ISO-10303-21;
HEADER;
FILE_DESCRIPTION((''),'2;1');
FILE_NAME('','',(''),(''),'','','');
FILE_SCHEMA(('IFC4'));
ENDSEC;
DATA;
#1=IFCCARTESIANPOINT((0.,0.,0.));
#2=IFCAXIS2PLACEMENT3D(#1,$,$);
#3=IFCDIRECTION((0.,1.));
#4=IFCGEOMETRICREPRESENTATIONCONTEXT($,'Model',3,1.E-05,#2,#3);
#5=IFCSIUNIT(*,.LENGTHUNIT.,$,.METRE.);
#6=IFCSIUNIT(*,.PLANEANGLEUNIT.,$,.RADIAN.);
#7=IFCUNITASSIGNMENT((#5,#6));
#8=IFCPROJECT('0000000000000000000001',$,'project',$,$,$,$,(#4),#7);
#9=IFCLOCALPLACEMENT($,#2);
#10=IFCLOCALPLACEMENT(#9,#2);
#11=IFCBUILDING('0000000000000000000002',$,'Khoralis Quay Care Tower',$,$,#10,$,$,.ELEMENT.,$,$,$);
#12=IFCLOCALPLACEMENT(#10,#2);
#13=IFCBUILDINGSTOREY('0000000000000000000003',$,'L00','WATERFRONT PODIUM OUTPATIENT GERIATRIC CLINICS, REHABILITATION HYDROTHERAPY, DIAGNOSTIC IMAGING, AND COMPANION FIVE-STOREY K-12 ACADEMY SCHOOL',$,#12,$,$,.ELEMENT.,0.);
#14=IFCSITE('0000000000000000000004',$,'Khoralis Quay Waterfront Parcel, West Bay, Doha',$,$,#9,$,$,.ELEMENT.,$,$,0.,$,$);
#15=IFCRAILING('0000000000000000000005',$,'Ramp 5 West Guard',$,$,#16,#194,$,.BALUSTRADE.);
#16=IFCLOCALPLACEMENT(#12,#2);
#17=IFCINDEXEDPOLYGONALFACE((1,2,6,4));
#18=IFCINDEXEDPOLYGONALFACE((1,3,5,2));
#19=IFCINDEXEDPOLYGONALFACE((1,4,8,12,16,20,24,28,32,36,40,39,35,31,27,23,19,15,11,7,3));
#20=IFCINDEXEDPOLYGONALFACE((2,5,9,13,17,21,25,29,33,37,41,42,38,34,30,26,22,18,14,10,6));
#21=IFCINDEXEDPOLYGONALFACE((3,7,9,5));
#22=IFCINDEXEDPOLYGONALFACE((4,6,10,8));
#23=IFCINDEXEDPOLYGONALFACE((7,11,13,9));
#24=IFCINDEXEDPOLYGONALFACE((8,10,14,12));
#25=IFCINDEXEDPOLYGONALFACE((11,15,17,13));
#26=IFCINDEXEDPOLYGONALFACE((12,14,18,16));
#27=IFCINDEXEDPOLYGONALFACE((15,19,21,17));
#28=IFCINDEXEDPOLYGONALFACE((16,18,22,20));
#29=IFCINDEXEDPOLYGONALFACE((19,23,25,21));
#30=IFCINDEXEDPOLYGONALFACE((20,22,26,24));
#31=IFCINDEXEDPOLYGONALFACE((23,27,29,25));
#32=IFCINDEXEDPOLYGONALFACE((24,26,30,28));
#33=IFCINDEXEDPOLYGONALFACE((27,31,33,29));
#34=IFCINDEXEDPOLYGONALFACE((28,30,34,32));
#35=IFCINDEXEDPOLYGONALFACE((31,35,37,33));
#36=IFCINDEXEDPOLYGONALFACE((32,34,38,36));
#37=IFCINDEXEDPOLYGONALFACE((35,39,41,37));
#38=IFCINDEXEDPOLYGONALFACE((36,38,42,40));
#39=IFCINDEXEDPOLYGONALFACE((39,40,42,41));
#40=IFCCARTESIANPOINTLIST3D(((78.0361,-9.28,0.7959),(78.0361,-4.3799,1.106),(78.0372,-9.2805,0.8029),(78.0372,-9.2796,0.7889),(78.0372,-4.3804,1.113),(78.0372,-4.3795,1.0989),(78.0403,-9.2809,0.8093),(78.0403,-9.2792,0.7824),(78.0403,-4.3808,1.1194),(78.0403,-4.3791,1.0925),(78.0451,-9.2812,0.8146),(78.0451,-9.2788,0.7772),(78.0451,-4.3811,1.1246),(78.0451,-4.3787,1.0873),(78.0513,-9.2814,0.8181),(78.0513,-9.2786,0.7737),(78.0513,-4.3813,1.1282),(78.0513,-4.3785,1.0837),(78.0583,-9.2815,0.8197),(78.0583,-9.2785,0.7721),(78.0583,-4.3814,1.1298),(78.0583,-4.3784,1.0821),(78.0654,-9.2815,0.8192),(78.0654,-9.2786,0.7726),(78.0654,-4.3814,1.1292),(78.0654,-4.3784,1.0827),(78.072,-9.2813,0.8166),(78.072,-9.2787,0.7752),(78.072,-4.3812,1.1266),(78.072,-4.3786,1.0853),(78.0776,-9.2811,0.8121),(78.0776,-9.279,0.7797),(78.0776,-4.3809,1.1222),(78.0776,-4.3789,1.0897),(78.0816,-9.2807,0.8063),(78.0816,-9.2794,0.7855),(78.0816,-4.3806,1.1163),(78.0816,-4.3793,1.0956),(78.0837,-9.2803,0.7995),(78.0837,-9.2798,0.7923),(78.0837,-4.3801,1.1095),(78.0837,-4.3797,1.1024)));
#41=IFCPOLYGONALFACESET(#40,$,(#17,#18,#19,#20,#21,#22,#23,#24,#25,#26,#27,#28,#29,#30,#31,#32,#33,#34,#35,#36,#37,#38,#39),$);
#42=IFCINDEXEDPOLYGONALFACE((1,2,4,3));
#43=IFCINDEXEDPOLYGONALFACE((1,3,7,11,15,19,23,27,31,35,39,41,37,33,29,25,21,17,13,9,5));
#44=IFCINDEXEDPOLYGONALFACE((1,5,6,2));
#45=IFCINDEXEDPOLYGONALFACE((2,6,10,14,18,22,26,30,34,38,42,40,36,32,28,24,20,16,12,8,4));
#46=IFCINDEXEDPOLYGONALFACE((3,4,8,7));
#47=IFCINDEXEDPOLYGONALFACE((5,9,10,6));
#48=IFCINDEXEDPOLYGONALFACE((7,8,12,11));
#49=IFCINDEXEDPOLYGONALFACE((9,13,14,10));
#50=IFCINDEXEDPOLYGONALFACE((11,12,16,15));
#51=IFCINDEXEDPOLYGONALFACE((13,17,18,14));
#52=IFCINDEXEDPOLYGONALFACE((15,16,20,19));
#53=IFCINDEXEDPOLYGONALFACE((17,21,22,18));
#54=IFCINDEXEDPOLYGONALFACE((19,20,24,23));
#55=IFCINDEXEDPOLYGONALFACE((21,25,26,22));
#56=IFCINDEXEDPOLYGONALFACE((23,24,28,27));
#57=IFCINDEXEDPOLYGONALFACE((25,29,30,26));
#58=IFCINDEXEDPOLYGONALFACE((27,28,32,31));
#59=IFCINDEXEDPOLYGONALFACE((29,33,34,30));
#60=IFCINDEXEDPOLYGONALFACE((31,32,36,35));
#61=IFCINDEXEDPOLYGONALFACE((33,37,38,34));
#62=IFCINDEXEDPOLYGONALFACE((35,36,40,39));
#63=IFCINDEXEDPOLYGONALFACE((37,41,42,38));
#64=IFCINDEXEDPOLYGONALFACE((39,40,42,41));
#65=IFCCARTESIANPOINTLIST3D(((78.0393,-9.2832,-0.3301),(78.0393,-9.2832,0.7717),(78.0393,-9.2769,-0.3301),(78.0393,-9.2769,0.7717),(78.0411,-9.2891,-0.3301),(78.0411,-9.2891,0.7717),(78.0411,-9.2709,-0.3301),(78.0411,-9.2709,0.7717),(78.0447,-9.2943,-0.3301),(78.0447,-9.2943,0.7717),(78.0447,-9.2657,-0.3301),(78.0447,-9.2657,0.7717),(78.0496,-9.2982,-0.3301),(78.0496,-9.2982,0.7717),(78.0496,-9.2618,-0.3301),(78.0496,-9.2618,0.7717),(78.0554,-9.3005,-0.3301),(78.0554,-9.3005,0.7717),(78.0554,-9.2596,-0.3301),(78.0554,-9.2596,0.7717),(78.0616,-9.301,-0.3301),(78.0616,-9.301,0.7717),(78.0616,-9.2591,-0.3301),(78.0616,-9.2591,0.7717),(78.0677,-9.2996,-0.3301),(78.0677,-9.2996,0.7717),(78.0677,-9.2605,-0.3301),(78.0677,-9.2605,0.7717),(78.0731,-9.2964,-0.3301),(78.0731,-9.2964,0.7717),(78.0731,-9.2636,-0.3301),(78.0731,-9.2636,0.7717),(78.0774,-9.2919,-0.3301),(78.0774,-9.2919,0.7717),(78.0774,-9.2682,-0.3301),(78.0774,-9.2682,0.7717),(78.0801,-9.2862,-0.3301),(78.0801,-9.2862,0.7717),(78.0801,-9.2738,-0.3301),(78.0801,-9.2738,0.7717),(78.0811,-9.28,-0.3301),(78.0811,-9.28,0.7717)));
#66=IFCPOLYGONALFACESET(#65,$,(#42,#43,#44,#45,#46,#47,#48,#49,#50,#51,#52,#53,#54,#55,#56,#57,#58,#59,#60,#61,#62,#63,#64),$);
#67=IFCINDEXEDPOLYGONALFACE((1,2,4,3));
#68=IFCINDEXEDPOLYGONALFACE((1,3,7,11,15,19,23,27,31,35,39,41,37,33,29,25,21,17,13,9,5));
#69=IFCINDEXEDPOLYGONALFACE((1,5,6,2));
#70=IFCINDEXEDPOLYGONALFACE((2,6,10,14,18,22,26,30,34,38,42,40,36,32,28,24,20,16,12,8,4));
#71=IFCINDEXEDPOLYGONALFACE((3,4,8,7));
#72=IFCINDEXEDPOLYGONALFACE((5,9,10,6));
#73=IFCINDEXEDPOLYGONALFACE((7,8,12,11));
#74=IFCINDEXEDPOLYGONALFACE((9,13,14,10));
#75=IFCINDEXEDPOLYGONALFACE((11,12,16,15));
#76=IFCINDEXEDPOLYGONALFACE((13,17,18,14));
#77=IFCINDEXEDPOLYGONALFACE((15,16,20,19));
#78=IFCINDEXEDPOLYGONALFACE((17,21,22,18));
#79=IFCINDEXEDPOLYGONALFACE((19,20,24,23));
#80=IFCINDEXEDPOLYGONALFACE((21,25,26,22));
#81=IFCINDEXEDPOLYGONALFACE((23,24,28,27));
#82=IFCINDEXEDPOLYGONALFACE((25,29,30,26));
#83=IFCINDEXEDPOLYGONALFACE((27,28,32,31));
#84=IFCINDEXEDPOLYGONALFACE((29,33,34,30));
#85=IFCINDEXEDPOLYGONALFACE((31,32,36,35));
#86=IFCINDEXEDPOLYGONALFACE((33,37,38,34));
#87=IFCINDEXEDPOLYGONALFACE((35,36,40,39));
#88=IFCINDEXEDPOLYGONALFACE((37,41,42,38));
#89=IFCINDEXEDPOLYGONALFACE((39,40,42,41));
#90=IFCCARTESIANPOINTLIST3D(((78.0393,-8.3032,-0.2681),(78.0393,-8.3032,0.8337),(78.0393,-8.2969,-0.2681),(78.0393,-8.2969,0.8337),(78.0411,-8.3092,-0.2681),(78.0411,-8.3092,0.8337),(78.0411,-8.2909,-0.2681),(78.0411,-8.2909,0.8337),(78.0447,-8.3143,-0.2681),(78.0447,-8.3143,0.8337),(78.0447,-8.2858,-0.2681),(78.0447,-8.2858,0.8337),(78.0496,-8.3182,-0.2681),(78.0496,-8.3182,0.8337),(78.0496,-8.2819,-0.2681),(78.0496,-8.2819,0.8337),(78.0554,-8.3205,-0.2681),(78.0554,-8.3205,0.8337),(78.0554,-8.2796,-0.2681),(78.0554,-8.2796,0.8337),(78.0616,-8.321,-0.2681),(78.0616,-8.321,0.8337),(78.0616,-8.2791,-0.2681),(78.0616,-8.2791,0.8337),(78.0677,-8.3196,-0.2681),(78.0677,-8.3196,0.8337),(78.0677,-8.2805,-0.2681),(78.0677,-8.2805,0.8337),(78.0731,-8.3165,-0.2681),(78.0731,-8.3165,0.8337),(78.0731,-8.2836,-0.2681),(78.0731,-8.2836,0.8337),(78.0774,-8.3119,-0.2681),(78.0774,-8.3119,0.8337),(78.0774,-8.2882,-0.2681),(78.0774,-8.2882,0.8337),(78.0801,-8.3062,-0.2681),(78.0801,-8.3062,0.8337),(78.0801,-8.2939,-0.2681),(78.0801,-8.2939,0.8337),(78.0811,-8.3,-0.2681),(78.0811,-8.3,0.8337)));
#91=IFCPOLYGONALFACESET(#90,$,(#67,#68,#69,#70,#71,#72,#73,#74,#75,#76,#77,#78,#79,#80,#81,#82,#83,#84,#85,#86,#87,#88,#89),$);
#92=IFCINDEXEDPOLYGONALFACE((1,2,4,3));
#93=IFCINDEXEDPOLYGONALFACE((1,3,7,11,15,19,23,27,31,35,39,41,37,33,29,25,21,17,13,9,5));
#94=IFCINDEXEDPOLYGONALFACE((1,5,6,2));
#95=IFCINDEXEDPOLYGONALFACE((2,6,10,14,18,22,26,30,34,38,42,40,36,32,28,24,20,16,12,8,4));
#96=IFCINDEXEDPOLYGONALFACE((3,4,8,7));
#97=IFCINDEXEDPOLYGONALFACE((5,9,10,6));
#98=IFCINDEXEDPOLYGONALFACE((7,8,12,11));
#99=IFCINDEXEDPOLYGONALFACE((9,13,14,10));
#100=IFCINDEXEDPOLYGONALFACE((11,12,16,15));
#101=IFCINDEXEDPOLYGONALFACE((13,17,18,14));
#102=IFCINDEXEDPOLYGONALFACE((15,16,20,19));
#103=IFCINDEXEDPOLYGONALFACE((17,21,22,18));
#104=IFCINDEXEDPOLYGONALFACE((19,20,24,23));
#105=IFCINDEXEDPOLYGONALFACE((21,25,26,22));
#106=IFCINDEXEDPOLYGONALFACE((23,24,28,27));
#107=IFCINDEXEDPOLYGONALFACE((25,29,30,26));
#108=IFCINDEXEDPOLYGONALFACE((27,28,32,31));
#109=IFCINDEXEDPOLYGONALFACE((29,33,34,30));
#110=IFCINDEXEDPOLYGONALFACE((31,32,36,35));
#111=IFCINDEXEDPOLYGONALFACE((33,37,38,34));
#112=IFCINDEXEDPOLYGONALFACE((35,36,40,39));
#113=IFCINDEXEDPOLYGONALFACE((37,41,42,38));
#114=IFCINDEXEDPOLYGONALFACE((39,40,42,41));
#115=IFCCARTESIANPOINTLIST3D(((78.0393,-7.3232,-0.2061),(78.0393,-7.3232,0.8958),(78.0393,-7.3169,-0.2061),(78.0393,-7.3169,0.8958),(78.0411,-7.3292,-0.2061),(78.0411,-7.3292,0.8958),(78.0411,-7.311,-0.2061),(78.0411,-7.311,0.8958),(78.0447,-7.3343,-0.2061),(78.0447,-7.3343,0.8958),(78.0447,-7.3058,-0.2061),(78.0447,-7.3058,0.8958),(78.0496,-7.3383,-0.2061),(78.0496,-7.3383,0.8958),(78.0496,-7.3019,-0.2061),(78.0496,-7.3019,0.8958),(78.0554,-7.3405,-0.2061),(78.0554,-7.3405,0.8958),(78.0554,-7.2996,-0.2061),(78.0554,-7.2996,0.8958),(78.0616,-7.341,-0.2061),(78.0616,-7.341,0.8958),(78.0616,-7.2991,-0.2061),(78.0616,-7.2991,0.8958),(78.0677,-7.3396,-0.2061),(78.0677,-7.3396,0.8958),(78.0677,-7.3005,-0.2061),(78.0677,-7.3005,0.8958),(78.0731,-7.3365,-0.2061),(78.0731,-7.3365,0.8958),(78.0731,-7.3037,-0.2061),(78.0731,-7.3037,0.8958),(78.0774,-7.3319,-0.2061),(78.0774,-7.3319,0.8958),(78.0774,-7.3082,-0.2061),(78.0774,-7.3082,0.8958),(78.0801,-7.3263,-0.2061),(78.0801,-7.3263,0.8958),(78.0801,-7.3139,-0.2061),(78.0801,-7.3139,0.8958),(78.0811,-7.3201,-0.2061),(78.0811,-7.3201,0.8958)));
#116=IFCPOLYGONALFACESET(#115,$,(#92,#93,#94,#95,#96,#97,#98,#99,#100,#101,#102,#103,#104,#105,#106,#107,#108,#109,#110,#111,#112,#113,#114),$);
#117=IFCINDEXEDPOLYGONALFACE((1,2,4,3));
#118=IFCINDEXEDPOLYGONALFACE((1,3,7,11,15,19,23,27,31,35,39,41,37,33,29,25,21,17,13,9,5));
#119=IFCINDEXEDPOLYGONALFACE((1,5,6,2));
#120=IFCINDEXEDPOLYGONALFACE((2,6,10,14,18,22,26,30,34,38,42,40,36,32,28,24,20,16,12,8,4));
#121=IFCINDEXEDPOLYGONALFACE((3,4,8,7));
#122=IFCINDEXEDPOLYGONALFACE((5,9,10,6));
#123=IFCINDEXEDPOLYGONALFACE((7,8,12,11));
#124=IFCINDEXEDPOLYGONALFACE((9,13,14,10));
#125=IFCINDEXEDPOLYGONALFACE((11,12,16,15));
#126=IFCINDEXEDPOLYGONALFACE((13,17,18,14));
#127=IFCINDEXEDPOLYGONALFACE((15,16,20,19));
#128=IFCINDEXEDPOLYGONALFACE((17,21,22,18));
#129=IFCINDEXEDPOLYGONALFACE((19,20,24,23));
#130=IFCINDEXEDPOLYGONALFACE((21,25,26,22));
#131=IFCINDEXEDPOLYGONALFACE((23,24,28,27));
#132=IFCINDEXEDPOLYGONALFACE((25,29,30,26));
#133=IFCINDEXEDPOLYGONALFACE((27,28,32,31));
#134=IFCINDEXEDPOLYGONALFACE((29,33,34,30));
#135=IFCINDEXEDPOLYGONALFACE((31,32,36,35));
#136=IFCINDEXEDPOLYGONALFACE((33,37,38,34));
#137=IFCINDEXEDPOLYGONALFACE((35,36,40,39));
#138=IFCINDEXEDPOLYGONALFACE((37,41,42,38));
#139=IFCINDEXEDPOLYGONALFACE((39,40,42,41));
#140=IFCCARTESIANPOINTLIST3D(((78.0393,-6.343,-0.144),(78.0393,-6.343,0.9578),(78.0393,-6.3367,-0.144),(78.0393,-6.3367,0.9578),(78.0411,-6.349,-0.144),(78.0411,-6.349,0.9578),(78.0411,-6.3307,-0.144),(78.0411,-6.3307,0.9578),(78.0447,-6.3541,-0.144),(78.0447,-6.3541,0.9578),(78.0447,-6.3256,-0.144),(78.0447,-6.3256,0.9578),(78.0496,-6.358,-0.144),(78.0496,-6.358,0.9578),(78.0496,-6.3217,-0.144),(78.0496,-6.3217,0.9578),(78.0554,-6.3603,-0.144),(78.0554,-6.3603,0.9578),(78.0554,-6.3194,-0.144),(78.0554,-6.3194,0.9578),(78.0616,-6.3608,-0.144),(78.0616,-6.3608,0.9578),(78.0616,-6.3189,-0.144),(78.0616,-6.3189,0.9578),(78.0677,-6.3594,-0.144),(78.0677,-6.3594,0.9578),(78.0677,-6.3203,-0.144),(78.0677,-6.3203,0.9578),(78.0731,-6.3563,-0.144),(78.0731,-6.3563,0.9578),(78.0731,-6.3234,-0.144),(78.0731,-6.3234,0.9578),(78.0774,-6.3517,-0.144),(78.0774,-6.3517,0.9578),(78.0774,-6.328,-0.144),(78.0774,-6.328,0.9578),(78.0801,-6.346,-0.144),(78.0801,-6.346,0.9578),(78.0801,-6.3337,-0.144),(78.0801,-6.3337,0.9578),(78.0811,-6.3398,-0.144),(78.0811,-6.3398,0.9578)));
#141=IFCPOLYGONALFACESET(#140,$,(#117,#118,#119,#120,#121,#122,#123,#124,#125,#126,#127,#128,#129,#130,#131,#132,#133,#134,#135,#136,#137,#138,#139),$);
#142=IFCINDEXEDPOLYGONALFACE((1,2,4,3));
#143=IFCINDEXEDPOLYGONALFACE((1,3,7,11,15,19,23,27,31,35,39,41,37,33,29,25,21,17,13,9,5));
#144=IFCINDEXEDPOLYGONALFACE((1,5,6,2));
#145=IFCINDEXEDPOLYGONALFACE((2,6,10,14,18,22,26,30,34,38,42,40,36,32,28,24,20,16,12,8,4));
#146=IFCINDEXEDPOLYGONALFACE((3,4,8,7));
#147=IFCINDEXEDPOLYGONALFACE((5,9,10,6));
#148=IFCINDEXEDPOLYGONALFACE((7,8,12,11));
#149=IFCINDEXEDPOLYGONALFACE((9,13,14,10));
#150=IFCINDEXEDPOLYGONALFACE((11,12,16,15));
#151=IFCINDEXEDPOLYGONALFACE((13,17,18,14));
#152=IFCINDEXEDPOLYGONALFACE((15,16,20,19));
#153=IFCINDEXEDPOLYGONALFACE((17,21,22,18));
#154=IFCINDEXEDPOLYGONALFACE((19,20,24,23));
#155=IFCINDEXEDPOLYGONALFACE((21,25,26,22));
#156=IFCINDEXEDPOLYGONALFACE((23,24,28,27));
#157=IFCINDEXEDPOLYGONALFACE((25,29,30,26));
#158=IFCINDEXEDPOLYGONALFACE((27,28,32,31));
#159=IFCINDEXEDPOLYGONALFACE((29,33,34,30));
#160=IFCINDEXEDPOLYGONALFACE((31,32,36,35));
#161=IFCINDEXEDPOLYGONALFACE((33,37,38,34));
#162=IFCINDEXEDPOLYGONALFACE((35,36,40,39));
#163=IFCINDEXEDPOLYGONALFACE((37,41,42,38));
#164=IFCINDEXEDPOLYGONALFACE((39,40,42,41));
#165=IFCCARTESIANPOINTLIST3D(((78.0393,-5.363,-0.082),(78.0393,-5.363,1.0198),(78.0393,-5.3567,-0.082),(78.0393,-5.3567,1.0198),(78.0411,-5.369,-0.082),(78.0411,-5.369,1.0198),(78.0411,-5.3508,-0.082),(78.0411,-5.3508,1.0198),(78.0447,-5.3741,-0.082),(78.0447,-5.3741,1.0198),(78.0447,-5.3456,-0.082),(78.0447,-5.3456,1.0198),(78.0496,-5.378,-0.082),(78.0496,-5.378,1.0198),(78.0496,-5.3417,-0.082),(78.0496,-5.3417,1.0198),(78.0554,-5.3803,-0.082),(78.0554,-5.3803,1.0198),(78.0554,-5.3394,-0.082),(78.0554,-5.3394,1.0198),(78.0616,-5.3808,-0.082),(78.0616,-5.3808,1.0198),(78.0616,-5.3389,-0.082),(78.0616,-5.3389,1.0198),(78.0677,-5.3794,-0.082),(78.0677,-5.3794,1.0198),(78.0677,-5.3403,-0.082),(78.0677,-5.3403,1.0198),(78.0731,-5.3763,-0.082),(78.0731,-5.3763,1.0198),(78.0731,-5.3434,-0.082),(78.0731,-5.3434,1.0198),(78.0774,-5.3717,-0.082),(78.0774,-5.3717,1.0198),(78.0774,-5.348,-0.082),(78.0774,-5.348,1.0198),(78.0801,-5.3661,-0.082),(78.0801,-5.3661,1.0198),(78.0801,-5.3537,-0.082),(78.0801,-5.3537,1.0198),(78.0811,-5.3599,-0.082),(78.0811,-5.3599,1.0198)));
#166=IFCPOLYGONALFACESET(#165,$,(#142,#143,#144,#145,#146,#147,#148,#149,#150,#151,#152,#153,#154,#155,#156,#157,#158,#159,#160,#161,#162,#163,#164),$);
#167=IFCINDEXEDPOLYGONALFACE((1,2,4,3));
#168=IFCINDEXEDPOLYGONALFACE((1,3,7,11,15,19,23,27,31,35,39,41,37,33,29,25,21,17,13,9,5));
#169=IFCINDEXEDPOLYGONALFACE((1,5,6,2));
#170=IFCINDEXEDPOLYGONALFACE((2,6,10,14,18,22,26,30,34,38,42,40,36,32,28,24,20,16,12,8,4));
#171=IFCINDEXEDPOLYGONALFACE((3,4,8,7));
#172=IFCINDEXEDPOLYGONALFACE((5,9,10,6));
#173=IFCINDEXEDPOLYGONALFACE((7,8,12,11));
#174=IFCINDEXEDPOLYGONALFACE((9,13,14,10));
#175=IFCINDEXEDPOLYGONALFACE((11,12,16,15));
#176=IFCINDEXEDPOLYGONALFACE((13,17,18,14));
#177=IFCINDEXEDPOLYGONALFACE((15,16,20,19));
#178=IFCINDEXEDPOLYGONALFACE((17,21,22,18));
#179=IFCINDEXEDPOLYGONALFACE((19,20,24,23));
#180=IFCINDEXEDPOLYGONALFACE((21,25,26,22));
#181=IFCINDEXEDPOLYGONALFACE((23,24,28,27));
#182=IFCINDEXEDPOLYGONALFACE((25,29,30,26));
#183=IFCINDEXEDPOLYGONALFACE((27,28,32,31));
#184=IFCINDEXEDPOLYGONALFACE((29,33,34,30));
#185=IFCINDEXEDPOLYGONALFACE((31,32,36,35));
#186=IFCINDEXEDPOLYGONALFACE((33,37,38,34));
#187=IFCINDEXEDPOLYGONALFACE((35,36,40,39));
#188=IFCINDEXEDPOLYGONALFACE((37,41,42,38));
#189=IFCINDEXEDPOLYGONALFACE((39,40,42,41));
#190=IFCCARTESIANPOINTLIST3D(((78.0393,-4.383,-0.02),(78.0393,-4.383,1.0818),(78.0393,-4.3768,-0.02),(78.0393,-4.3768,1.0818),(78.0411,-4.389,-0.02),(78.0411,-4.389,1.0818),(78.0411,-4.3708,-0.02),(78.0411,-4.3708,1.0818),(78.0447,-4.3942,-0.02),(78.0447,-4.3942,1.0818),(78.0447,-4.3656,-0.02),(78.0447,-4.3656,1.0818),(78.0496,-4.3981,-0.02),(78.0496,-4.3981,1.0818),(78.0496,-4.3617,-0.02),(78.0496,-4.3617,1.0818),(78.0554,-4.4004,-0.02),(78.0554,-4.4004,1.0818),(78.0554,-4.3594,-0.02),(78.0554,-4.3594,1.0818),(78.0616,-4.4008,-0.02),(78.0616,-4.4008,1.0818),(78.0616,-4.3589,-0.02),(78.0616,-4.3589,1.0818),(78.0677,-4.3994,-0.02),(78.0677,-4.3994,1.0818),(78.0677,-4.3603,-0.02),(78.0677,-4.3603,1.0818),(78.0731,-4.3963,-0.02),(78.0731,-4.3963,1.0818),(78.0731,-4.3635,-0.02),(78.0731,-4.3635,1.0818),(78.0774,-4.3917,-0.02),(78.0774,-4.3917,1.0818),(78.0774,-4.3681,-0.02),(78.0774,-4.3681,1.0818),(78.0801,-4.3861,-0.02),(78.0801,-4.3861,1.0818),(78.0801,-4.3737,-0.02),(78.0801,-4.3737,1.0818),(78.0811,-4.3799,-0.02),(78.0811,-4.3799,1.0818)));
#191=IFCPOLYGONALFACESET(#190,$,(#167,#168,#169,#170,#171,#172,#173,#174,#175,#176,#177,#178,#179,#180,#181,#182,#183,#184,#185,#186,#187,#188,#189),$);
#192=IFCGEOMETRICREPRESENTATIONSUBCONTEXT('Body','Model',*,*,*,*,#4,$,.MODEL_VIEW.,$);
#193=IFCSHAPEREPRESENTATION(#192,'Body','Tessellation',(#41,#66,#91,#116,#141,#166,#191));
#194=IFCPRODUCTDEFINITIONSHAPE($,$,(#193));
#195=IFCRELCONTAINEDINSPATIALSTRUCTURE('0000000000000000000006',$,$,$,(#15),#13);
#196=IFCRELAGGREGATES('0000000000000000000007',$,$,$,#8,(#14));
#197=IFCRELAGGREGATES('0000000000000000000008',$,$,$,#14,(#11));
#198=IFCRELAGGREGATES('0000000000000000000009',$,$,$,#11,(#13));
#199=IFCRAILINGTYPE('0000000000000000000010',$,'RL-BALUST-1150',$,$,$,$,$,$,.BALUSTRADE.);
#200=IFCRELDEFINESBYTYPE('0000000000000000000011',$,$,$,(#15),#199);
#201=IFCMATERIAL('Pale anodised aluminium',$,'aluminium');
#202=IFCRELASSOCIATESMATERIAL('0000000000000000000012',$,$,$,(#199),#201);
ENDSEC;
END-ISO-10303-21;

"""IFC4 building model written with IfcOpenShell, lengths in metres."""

from ifc_helpers import new_model, si_unit, direction, frame, origin, origin_2d, place, context, subcontext, project, spatial, circle, extrude, material, type_object, element, save


model = new_model("IFC4")

# Units and contexts
model_context = context("Model", 3, precision=1e-05, world=origin(), true_north=direction((0.0, 1.0)))
body_context = subcontext(model_context, "Body", "Model", "MODEL_VIEW")
ifc_project = project(units=[si_unit("LENGTHUNIT", "METRE"), si_unit("PLANEANGLEUNIT", "RADIAN")], contexts=[model_context])

# Site, building, storey
site_placement = place(None, origin())
site = spatial("IfcSite", under=ifc_project, at=site_placement, Name="Khoralis Quay Waterfront Parcel, West Bay, Doha", CompositionType="ELEMENT", RefElevation=0.0)
building_placement = place(site_placement, origin())
building = spatial("IfcBuilding", under=site, at=building_placement, Name="Khoralis Quay Care Tower", CompositionType="ELEMENT")
storey_placement = place(building_placement, origin())
storey = spatial("IfcBuildingStorey", under=building, at=storey_placement, Name="L00", Description="WATERFRONT PODIUM OUTPATIENT GERIATRIC CLINICS, REHABILITATION HYDROTHERAPY, DIAGNOSTIC IMAGING, AND COMPANION FIVE-STOREY K-12 ACADEMY SCHOOL", CompositionType="ELEMENT", Elevation=0.0)

# Shared definitions
ifc_material_1 = material(Name="Pale anodised aluminium", Category="aluminium")

# Railing
railing_type = type_object("IfcRailingType", Name="RL-BALUST-1150", PredefinedType="BALUSTRADE", material=ifc_material_1)
for number, where, name in (
    (1, (78.0601, -9.28, -0.3301), "Ramp 5 West Guard"),
):
    element("IfcRailing", number, at=place(storey_placement, frame(where)), inside=storey, type_object=railing_type, Name=name, PredefinedType="BALUSTRADE", context=body_context, shape_type="SweptSolid", body=[
        extrude(circle(Radius=0.0239, at=origin_2d()), frame((0.0, 0.0, 1.126), z_axis=(0.0, 0.998004, 0.063149), x_axis=(-1.0, 0.0, 0.0)), (0.0, 0.0, 1.0), 4.9099),
        extrude(circle(Radius=0.021, at=origin_2d()), origin(), (0.0, 0.0, 1.0), 1.1018),
        extrude(circle(Radius=0.021, at=origin_2d()), frame((0.0, 0.98, 0.062)), (0.0, 0.0, 1.0), 1.1018),
        extrude(circle(Radius=0.021, at=origin_2d()), frame((0.0, 1.96, 0.124)), (0.0, 0.0, 1.0), 1.1018),
        extrude(circle(Radius=0.021, at=origin_2d()), frame((0.0, 2.9402, 0.186)), (0.0, 0.0, 1.0), 1.1018),
        extrude(circle(Radius=0.021, at=origin_2d()), frame((0.0, 3.9202, 0.248)), (0.0, 0.0, 1.0), 1.1018),
        extrude(circle(Radius=0.021, at=origin_2d()), frame((0.0, 4.9001, 0.3101)), (0.0, 0.0, 1.0), 1.1018),
    ])

save(model, "model.ifc")
